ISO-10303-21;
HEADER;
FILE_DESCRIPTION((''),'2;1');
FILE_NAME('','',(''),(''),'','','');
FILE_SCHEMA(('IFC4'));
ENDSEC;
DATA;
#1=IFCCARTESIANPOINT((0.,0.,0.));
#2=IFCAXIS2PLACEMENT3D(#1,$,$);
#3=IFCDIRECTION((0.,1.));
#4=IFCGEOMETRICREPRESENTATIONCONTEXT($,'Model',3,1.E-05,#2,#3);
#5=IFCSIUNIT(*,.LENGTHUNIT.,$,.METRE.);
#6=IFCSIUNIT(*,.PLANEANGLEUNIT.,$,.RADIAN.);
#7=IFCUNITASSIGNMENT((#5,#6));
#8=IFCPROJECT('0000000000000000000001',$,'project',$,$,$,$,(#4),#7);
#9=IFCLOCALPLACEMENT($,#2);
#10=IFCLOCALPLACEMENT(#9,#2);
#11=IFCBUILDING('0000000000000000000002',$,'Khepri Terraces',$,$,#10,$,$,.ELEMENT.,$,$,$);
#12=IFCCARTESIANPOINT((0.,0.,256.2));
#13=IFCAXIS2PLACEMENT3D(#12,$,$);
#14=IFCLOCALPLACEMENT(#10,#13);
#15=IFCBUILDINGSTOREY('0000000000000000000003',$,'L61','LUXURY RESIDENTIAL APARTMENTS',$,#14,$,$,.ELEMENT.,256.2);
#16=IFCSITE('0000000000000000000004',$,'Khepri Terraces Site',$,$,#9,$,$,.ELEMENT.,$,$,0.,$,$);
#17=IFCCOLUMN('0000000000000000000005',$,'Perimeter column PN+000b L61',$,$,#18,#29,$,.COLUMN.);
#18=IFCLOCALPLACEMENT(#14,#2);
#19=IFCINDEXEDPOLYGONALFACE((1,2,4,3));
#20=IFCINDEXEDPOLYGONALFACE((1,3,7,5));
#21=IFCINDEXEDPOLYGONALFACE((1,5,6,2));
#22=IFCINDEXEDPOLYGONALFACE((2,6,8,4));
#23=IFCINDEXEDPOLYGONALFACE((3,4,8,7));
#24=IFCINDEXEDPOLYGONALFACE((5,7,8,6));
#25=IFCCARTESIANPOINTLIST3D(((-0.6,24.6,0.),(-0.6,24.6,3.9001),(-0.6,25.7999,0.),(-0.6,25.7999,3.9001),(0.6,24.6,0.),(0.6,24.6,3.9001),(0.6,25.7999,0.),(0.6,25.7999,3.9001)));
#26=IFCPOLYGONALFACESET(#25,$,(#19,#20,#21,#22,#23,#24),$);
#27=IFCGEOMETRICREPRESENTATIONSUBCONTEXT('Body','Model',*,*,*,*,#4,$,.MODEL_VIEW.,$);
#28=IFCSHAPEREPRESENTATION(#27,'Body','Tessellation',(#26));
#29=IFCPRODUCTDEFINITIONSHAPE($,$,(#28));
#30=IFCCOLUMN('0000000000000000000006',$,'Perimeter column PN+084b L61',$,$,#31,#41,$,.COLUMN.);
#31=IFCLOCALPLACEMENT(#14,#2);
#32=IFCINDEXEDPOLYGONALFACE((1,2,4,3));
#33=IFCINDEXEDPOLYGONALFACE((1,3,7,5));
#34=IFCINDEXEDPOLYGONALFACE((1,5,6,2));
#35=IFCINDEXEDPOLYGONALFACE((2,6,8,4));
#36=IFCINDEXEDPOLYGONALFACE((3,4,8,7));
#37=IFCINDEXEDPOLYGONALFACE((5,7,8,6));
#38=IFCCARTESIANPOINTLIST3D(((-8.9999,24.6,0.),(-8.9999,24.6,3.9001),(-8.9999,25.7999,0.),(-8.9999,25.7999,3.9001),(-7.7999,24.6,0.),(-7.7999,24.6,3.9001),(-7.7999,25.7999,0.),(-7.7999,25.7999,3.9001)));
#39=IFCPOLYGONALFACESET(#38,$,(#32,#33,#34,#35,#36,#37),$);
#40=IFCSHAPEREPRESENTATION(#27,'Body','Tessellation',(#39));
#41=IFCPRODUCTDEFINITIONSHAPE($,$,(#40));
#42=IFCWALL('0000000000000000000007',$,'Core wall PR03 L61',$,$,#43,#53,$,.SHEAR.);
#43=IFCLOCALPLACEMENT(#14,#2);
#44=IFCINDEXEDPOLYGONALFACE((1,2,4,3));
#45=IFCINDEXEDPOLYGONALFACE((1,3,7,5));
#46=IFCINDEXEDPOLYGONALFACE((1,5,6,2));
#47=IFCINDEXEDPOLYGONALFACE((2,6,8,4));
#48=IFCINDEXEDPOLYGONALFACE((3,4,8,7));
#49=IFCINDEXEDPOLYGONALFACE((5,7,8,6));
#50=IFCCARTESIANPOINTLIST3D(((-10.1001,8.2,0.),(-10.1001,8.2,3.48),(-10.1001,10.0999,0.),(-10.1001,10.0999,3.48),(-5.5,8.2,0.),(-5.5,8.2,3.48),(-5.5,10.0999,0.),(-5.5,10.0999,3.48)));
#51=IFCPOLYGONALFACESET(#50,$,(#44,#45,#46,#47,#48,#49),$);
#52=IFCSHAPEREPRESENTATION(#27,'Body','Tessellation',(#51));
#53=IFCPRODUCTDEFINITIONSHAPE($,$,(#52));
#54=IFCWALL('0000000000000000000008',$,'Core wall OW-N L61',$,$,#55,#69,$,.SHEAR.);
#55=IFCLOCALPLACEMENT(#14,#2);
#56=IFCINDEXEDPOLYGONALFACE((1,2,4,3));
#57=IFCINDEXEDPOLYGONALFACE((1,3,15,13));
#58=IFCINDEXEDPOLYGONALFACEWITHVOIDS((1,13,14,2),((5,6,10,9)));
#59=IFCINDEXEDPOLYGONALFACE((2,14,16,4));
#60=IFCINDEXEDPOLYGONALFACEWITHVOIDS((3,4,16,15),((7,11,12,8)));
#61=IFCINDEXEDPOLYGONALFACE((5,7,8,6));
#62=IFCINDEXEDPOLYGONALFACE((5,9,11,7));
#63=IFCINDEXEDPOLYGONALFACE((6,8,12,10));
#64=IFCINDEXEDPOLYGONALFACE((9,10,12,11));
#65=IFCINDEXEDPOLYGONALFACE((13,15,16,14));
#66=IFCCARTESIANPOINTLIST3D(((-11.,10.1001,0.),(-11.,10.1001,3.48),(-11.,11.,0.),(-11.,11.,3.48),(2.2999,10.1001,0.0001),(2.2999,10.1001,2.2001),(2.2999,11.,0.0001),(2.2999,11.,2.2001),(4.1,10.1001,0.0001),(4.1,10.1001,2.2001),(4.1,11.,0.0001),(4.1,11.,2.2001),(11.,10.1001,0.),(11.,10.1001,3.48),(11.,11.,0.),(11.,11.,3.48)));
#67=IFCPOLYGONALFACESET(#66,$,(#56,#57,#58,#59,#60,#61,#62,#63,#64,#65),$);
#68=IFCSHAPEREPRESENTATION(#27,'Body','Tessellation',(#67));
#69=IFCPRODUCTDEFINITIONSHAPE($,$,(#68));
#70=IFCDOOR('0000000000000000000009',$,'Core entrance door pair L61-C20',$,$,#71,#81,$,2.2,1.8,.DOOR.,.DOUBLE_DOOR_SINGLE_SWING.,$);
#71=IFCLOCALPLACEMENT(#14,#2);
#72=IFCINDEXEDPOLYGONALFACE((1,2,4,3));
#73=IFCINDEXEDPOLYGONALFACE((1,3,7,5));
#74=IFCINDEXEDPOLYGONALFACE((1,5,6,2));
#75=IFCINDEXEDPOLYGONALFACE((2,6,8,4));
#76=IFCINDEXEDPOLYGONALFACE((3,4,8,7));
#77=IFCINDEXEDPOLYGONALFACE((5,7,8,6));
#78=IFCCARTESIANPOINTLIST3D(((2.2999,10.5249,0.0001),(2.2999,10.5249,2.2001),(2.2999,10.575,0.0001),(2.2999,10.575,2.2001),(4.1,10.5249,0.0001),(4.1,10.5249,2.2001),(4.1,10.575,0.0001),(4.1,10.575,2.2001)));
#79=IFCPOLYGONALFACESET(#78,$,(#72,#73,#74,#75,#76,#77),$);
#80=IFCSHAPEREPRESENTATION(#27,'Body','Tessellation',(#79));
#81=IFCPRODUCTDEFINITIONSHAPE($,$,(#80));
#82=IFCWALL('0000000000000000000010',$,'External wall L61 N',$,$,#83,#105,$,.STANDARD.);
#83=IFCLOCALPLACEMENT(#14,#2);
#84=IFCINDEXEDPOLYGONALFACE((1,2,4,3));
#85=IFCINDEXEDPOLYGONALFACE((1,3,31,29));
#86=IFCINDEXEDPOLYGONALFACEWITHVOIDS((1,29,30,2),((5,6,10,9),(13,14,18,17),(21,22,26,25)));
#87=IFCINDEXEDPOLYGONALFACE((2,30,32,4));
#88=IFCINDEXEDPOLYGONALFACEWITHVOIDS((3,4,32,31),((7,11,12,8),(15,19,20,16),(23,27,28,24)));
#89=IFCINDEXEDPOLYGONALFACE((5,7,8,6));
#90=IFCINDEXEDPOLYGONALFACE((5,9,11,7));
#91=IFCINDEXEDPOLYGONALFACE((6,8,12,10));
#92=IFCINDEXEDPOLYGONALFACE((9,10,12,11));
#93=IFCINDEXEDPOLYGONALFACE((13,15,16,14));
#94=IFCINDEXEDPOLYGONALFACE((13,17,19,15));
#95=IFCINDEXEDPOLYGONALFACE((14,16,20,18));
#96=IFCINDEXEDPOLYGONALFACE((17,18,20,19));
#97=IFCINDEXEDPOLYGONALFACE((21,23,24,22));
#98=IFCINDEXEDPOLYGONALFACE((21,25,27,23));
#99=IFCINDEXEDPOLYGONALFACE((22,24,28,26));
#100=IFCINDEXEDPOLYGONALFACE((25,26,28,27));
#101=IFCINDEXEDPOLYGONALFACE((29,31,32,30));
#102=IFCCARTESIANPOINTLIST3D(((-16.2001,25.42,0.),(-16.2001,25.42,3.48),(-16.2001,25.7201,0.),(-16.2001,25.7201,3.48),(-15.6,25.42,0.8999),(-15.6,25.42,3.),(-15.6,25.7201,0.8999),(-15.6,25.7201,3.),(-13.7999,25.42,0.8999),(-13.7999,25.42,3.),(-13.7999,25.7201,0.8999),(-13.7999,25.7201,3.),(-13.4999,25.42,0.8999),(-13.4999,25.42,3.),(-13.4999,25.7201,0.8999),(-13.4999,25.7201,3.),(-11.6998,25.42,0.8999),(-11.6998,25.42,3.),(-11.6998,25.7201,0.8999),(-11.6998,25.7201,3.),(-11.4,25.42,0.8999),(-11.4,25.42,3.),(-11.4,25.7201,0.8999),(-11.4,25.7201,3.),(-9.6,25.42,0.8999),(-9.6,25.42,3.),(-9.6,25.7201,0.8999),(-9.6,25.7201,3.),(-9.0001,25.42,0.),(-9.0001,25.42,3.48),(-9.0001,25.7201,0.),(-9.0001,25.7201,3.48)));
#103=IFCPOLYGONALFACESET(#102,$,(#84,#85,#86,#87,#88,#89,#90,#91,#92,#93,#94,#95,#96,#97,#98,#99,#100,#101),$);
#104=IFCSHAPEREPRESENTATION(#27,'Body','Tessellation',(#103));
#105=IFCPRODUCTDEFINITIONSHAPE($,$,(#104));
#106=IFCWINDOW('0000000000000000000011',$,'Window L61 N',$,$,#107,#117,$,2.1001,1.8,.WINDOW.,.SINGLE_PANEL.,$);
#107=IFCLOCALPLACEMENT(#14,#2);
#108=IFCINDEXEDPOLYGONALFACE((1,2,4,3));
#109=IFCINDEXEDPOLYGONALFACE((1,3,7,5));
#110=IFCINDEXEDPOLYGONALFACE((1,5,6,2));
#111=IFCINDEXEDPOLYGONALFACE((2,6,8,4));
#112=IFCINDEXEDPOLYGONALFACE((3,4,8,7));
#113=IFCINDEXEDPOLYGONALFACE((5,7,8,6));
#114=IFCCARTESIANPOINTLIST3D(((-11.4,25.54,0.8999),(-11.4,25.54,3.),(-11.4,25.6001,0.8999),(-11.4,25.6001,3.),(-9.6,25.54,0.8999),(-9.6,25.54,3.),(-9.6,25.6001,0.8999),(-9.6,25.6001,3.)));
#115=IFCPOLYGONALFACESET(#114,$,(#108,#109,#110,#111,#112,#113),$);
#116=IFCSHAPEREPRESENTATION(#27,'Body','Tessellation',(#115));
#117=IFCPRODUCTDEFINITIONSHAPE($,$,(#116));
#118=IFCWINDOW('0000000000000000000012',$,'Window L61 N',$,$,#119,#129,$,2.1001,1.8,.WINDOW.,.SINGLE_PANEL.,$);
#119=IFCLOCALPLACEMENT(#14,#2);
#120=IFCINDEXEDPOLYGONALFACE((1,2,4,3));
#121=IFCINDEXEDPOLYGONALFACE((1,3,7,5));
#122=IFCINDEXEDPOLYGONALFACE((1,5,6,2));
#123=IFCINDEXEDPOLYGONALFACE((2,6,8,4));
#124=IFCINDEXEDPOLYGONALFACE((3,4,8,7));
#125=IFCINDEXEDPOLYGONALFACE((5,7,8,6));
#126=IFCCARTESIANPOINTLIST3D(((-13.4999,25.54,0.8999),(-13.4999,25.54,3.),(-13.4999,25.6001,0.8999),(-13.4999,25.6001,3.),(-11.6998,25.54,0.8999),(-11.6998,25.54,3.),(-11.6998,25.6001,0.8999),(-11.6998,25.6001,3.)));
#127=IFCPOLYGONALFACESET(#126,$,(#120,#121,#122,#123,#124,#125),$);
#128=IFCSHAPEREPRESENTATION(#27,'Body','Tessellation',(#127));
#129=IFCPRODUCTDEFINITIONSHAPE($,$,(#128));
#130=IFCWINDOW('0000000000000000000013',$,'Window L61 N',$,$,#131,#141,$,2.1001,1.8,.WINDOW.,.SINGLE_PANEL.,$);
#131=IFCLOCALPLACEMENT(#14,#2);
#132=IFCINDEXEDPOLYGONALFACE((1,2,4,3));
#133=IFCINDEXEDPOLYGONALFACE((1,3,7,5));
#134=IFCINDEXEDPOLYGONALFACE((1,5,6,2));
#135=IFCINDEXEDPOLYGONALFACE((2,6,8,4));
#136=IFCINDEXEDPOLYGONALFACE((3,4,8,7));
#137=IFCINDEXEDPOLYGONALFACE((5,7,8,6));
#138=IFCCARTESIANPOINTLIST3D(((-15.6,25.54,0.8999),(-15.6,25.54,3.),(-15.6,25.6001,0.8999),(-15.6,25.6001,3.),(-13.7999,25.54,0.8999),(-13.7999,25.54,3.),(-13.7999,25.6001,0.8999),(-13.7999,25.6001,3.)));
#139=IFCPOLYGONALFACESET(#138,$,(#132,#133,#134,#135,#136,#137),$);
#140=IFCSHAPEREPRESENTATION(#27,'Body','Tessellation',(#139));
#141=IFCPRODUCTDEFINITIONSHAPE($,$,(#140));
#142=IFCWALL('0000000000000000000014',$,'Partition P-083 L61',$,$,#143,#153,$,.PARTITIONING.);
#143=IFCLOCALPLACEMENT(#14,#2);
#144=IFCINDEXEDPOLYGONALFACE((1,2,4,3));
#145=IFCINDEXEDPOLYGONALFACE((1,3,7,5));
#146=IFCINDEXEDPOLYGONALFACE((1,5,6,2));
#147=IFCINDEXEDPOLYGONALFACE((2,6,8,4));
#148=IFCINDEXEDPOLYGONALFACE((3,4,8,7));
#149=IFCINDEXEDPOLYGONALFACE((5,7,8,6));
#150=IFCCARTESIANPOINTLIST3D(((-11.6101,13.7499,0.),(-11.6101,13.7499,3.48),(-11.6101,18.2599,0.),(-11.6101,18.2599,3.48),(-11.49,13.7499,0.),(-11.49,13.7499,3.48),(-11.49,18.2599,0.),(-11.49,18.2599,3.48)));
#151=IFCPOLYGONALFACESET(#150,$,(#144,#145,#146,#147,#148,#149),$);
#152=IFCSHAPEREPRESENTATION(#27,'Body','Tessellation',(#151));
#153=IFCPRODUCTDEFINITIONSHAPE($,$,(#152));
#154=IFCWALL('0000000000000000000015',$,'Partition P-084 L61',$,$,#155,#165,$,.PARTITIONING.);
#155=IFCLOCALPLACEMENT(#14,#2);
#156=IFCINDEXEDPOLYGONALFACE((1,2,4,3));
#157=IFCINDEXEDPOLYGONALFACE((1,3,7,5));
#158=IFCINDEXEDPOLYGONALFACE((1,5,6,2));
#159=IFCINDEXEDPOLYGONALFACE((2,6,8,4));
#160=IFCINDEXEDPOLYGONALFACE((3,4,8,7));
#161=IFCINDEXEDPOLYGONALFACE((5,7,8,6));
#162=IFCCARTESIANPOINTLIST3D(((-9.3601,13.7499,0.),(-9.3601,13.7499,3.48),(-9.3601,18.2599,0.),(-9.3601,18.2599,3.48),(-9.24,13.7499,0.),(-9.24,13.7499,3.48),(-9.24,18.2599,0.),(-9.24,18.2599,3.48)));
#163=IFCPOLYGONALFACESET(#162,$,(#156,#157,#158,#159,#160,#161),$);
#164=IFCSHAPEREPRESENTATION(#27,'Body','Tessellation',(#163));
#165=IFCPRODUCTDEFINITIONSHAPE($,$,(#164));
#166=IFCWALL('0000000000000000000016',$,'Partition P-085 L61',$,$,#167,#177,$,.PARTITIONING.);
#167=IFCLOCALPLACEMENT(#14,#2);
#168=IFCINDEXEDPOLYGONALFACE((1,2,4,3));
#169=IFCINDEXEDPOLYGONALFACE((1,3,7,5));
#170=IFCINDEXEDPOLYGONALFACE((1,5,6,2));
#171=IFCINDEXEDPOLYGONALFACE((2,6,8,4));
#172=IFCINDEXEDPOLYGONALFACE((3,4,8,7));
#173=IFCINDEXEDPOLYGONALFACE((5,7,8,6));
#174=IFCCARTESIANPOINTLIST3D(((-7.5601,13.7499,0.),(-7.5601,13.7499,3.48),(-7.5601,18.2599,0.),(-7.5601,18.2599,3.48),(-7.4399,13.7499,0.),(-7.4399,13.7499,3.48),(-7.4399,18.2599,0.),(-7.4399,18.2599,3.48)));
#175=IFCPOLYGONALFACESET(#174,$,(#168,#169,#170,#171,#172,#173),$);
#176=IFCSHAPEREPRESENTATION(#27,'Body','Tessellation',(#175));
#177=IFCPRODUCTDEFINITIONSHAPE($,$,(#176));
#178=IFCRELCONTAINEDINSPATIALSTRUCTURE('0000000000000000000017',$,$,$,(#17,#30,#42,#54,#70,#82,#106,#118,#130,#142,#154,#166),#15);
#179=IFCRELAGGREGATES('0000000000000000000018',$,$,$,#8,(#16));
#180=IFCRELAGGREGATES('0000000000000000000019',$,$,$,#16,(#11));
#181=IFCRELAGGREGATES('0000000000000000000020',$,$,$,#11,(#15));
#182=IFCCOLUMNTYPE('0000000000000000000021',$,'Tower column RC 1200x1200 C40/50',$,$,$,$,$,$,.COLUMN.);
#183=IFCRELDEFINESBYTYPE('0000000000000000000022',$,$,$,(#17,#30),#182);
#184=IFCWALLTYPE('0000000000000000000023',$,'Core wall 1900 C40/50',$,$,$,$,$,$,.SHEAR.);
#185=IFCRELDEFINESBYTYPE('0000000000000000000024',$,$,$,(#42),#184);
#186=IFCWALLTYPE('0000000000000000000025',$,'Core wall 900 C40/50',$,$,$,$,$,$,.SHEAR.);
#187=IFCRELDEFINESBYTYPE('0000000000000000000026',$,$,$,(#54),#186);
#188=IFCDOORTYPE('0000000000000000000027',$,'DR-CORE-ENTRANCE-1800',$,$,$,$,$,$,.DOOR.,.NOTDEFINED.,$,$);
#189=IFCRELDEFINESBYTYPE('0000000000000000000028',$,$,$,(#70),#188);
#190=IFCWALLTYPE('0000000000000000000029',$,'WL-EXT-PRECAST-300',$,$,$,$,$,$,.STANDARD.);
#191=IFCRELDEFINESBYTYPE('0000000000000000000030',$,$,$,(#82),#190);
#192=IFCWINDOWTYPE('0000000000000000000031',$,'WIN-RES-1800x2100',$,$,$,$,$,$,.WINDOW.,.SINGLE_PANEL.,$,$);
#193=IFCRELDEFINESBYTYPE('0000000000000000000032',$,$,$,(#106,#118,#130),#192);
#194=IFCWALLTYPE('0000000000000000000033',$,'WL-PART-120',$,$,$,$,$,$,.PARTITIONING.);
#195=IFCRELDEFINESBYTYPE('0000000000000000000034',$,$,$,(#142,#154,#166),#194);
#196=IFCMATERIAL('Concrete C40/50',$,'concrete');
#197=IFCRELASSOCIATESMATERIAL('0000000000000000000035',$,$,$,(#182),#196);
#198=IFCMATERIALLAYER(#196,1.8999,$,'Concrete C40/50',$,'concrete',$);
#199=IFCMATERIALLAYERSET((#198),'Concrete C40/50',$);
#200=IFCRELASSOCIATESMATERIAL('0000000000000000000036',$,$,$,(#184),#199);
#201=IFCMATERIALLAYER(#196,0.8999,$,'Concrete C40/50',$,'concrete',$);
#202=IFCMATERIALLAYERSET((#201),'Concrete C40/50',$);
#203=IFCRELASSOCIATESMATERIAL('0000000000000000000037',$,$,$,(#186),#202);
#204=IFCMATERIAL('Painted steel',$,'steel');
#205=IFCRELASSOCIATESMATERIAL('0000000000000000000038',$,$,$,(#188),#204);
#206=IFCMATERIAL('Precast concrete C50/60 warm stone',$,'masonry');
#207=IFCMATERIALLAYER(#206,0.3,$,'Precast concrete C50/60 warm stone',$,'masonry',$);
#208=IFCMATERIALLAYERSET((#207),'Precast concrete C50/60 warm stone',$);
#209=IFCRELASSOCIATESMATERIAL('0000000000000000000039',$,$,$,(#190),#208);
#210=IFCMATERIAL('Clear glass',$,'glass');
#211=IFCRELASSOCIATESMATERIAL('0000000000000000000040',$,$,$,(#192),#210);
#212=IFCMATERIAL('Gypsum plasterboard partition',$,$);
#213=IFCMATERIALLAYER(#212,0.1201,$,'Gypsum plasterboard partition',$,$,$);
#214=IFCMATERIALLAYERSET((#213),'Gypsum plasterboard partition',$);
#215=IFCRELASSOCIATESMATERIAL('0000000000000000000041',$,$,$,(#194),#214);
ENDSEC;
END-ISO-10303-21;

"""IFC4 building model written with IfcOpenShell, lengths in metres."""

from ifc_helpers import new_model, si_unit, direction, frame, frame_2d, origin, origin_2d, place, context, subcontext, project, spatial, rectangle, extrude, material, layer, layer_set, material_profile, profile_set, type_object, element, fill, save


model = new_model("IFC4")

# Units and contexts
model_context = context("Model", 3, precision=1e-05, world=origin(), true_north=direction((0.0, 1.0)))
body_context = subcontext(model_context, "Body", "Model", "MODEL_VIEW")
ifc_project = project(units=[si_unit("LENGTHUNIT", "METRE"), si_unit("PLANEANGLEUNIT", "RADIAN")], contexts=[model_context])

# Site, building, storey
site_placement = place(None, origin())
site = spatial("IfcSite", under=ifc_project, at=site_placement, Name="Khepri Terraces Site", CompositionType="ELEMENT", RefElevation=0.0)
building_placement = place(site_placement, origin())
building = spatial("IfcBuilding", under=site, at=building_placement, Name="Khepri Terraces", CompositionType="ELEMENT")
storey_placement = place(building_placement, frame((0.0, 0.0, 256.2)))
storey = spatial("IfcBuildingStorey", under=building, at=storey_placement, Name="L61", Description="LUXURY RESIDENTIAL APARTMENTS", CompositionType="ELEMENT", Elevation=256.2)

# Columns
ifc_material_1 = material(Name="Concrete C40/50", Category="concrete")
ifc_material_profile = material_profile(ifc_material_1, rectangle(XDim=1.2, YDim=1.2, at=origin_2d()), Name="Concrete C40/50", Category="concrete")
ifc_profile_set = profile_set([ifc_material_profile], Name="Concrete C40/50")
column_type = type_object("IfcColumnType", Name="Tower column RC 1200x1200 C40/50", PredefinedType="COLUMN", material=ifc_profile_set)
for number, where, z_axis, x_axis, name in (
    (1, (0.0, 25.2, 0.0), (0.0, 0.0, 1.0), (1.0, 0.0, 0.0), "Perimeter column PN+000b L61"),
    (2, (-8.3999, 25.2, 0.0), (0.0, 0.0, 1.0), (1.0, 0.0, 0.0), "Perimeter column PN+084b L61"),
):
    element("IfcColumn", number, at=place(storey_placement, frame(where, z_axis=z_axis, x_axis=x_axis)), inside=storey, type_object=column_type, Name=name, PredefinedType="COLUMN", context=body_context, shape_type="SweptSolid", body=[
        extrude(rectangle(XDim=1.2, YDim=1.2, at=origin_2d()), origin(), (0.0, 0.0, 1.0), 3.9001),
    ])

# Wall
ifc_layer_1 = layer(ifc_material_1, 1.8999, Name="Concrete C40/50", Category="concrete")
ifc_layer_set_1 = layer_set([ifc_layer_1], Name="Concrete C40/50")
wall_type_1 = type_object("IfcWallType", Name="Core wall 1900 C40/50", PredefinedType="SHEAR", material=ifc_layer_set_1)
wall_1_placement = place(storey_placement, frame((-10.1001, 9.1499, 0.0), z_axis=(0.0, 0.0, 1.0), x_axis=(1.0, 0.0, 0.0)))
element("IfcWall", 3, at=wall_1_placement, inside=storey, type_object=wall_type_1, Name="Core wall PR03 L61", PredefinedType="SHEAR", context=body_context, shape_type="SweptSolid", body=[
    extrude(rectangle(XDim=4.6001, YDim=1.8999, at=frame_2d((2.3, 0.0))), origin(), (0.0, 0.0, 1.0), 3.48),
])

# Wall, opening, door
ifc_layer_2 = layer(ifc_material_1, 0.8999, Name="Concrete C40/50", Category="concrete")
ifc_layer_set_2 = layer_set([ifc_layer_2], Name="Concrete C40/50")
wall_type_2 = type_object("IfcWallType", Name="Core wall 900 C40/50", PredefinedType="SHEAR", material=ifc_layer_set_2)
wall_2_placement = place(storey_placement, frame((-11.0, 10.55, 0.0), z_axis=(0.0, 0.0, 1.0), x_axis=(1.0, 0.0, 0.0)))
wall_2 = element("IfcWall", 4, at=wall_2_placement, inside=storey, type_object=wall_type_2, Name="Core wall OW-N L61", PredefinedType="SHEAR", context=body_context, shape_type="SweptSolid", body=[
    extrude(rectangle(XDim=22.0, YDim=0.8999, at=frame_2d((11.0, 0.0))), origin(), (0.0, 0.0, 1.0), 3.48),
])
opening_1_placement = place(wall_2_placement, frame((13.3, 0.0, 0.0)))
opening_1 = element("IfcOpeningElement", 5, at=opening_1_placement, cuts=wall_2, PredefinedType="OPENING", context=body_context, shape_type="SweptSolid", body=[
    extrude(rectangle(XDim=1.8, YDim=2.2, at=frame_2d((0.8999, 1.1001))), frame((0.0, 0.46, 0.0), z_axis=(0.0, -1.0, 0.0), x_axis=(1.0, 0.0, 0.0)), (0.0, 0.0, 1.0), 0.9199),
])
ifc_material_2 = material(Name="Painted steel", Category="steel")
door_type_1 = type_object("IfcDoorType", Name="DR-CORE-ENTRANCE-1800", OperationType="NOTDEFINED", PredefinedType="DOOR", material=ifc_material_2)
door_1_placement = place(opening_1_placement, origin())
door_1 = element("IfcDoor", 6, at=door_1_placement, inside=storey, type_object=door_type_1, Name="Core entrance door pair L61-C20", OperationType="DOUBLE_DOOR_SINGLE_SWING", OverallHeight=2.2, OverallWidth=1.8, PredefinedType="DOOR", context=body_context, shape_type="SweptSolid", body=[
    extrude(rectangle(XDim=1.8, YDim=2.2, at=frame_2d((0.8999, 1.1001))), frame((0.0, 0.0249, 0.0), z_axis=(0.0, -1.0, 0.0), x_axis=(1.0, 0.0, 0.0)), (0.0, 0.0, 1.0), 0.05),
])
fill(opening_1, door_1)

# Shared definitions
ifc_material_3 = material(Name="Precast concrete C50/60 warm stone", Category="masonry")
ifc_layer_3 = layer(ifc_material_3, 0.3, Name="Precast concrete C50/60 warm stone", Category="masonry")
ifc_layer_set_3 = layer_set([ifc_layer_3], Name="Precast concrete C50/60 warm stone")
wall_type_3 = type_object("IfcWallType", Name="WL-EXT-PRECAST-300", PredefinedType="STANDARD", material=ifc_layer_set_3)
ifc_material_4 = material(Name="Clear glass", Category="glass")
window_type = type_object("IfcWindowType", Name="WIN-RES-1800x2100", PartitioningType="SINGLE_PANEL", PredefinedType="WINDOW", material=ifc_material_4)

# Wall, openings, windows
wall_3_placement = place(storey_placement, frame((-9.0, 25.5701, 0.0), z_axis=(0.0, 0.0, 1.0), x_axis=(-1.0, 0.0, 0.0)))
wall_3 = element("IfcWall", 7, at=wall_3_placement, inside=storey, type_object=wall_type_3, Name="External wall L61 N", PredefinedType="STANDARD", context=body_context, shape_type="SweptSolid", body=[
    extrude(rectangle(XDim=7.2, YDim=0.3, at=frame_2d((3.6001, 0.0))), origin(), (0.0, 0.0, 1.0), 3.48),
])
opening_2_placement = place(wall_3_placement, frame((0.6001, 0.0, 0.8999)))
opening_2 = element("IfcOpeningElement", 8, at=opening_2_placement, cuts=wall_3, PredefinedType="OPENING", context=body_context, shape_type="SweptSolid", body=[
    extrude(rectangle(XDim=1.8, YDim=2.1001, at=frame_2d((0.8999, 1.05))), frame((0.0, 0.1602, 0.0), z_axis=(0.0, -1.0, 0.0), x_axis=(1.0, 0.0, 0.0)), (0.0, 0.0, 1.0), 0.3201),
])
opening_3_placement = place(wall_3_placement, frame((2.7, 0.0, 0.8999)))
opening_3 = element("IfcOpeningElement", 9, at=opening_3_placement, cuts=wall_3, PredefinedType="OPENING", context=body_context, shape_type="SweptSolid", body=[
    extrude(rectangle(XDim=1.8, YDim=2.1001, at=frame_2d((0.8999, 1.05))), frame((0.0, 0.1602, 0.0), z_axis=(0.0, -1.0, 0.0), x_axis=(1.0, 0.0, 0.0)), (0.0, 0.0, 1.0), 0.3201),
])
opening_4_placement = place(wall_3_placement, frame((4.8, 0.0, 0.8999)))
opening_4 = element("IfcOpeningElement", 10, at=opening_4_placement, cuts=wall_3, PredefinedType="OPENING", context=body_context, shape_type="SweptSolid", body=[
    extrude(rectangle(XDim=1.8, YDim=2.1001, at=frame_2d((0.8999, 1.05))), frame((0.0, 0.1602, 0.0), z_axis=(0.0, -1.0, 0.0), x_axis=(1.0, 0.0, 0.0)), (0.0, 0.0, 1.0), 0.3201),
])
window_1_placement = place(opening_2_placement, origin())
window_1 = element("IfcWindow", 11, at=window_1_placement, inside=storey, type_object=window_type, Name="Window L61 N", OverallHeight=2.1001, OverallWidth=1.8, PartitioningType="SINGLE_PANEL", PredefinedType="WINDOW", context=body_context, shape_type="SweptSolid", body=[
    extrude(rectangle(XDim=1.8, YDim=2.1001, at=frame_2d((0.8999, 1.05))), frame((0.0, 0.03, 0.0), z_axis=(0.0, -1.0, 0.0), x_axis=(1.0, 0.0, 0.0)), (0.0, 0.0, 1.0), 0.0601),
])
fill(opening_2, window_1)
window_2_placement = place(opening_3_placement, origin())
window_2 = element("IfcWindow", 12, at=window_2_placement, inside=storey, type_object=window_type, Name="Window L61 N", OverallHeight=2.1001, OverallWidth=1.8, PartitioningType="SINGLE_PANEL", PredefinedType="WINDOW", context=body_context, shape_type="SweptSolid", body=[
    extrude(rectangle(XDim=1.8, YDim=2.1001, at=frame_2d((0.8999, 1.05))), frame((0.0, 0.03, 0.0), z_axis=(0.0, -1.0, 0.0), x_axis=(1.0, 0.0, 0.0)), (0.0, 0.0, 1.0), 0.0601),
])
fill(opening_3, window_2)
window_3_placement = place(opening_4_placement, origin())
window_3 = element("IfcWindow", 13, at=window_3_placement, inside=storey, type_object=window_type, Name="Window L61 N", OverallHeight=2.1001, OverallWidth=1.8, PartitioningType="SINGLE_PANEL", PredefinedType="WINDOW", context=body_context, shape_type="SweptSolid", body=[
    extrude(rectangle(XDim=1.8, YDim=2.1001, at=frame_2d((0.8999, 1.05))), frame((0.0, 0.03, 0.0), z_axis=(0.0, -1.0, 0.0), x_axis=(1.0, 0.0, 0.0)), (0.0, 0.0, 1.0), 0.0601),
])
fill(opening_4, window_3)

# Walls
ifc_material_5 = material(Name="Gypsum plasterboard partition")
ifc_layer_4 = layer(ifc_material_5, 0.1201, Name="Gypsum plasterboard partition")
ifc_layer_set_4 = layer_set([ifc_layer_4], Name="Gypsum plasterboard partition")
wall_type_4 = type_object("IfcWallType", Name="WL-PART-120", PredefinedType="PARTITIONING", material=ifc_layer_set_4)
for number, where, z_axis, x_axis, name in (
    (14, (-11.55, 13.75, 0.0), (0.0, 0.0, 1.0), (0.0, 1.0, 0.0), "Partition P-083 L61"),
    (15, (-9.3, 13.75, 0.0), (0.0, 0.0, 1.0), (0.0, 1.0, 0.0), "Partition P-084 L61"),
    (16, (-7.5, 13.75, 0.0), (0.0, 0.0, 1.0), (0.0, 1.0, 0.0), "Partition P-085 L61"),
):
    element("IfcWall", number, at=place(storey_placement, frame(where, z_axis=z_axis, x_axis=x_axis)), inside=storey, type_object=wall_type_4, Name=name, PredefinedType="PARTITIONING", context=body_context, shape_type="SweptSolid", body=[
        extrude(rectangle(XDim=4.51, YDim=0.1201, at=frame_2d((2.2549, 0.0))), origin(), (0.0, 0.0, 1.0), 3.48),
    ])

save(model, "model.ifc")
